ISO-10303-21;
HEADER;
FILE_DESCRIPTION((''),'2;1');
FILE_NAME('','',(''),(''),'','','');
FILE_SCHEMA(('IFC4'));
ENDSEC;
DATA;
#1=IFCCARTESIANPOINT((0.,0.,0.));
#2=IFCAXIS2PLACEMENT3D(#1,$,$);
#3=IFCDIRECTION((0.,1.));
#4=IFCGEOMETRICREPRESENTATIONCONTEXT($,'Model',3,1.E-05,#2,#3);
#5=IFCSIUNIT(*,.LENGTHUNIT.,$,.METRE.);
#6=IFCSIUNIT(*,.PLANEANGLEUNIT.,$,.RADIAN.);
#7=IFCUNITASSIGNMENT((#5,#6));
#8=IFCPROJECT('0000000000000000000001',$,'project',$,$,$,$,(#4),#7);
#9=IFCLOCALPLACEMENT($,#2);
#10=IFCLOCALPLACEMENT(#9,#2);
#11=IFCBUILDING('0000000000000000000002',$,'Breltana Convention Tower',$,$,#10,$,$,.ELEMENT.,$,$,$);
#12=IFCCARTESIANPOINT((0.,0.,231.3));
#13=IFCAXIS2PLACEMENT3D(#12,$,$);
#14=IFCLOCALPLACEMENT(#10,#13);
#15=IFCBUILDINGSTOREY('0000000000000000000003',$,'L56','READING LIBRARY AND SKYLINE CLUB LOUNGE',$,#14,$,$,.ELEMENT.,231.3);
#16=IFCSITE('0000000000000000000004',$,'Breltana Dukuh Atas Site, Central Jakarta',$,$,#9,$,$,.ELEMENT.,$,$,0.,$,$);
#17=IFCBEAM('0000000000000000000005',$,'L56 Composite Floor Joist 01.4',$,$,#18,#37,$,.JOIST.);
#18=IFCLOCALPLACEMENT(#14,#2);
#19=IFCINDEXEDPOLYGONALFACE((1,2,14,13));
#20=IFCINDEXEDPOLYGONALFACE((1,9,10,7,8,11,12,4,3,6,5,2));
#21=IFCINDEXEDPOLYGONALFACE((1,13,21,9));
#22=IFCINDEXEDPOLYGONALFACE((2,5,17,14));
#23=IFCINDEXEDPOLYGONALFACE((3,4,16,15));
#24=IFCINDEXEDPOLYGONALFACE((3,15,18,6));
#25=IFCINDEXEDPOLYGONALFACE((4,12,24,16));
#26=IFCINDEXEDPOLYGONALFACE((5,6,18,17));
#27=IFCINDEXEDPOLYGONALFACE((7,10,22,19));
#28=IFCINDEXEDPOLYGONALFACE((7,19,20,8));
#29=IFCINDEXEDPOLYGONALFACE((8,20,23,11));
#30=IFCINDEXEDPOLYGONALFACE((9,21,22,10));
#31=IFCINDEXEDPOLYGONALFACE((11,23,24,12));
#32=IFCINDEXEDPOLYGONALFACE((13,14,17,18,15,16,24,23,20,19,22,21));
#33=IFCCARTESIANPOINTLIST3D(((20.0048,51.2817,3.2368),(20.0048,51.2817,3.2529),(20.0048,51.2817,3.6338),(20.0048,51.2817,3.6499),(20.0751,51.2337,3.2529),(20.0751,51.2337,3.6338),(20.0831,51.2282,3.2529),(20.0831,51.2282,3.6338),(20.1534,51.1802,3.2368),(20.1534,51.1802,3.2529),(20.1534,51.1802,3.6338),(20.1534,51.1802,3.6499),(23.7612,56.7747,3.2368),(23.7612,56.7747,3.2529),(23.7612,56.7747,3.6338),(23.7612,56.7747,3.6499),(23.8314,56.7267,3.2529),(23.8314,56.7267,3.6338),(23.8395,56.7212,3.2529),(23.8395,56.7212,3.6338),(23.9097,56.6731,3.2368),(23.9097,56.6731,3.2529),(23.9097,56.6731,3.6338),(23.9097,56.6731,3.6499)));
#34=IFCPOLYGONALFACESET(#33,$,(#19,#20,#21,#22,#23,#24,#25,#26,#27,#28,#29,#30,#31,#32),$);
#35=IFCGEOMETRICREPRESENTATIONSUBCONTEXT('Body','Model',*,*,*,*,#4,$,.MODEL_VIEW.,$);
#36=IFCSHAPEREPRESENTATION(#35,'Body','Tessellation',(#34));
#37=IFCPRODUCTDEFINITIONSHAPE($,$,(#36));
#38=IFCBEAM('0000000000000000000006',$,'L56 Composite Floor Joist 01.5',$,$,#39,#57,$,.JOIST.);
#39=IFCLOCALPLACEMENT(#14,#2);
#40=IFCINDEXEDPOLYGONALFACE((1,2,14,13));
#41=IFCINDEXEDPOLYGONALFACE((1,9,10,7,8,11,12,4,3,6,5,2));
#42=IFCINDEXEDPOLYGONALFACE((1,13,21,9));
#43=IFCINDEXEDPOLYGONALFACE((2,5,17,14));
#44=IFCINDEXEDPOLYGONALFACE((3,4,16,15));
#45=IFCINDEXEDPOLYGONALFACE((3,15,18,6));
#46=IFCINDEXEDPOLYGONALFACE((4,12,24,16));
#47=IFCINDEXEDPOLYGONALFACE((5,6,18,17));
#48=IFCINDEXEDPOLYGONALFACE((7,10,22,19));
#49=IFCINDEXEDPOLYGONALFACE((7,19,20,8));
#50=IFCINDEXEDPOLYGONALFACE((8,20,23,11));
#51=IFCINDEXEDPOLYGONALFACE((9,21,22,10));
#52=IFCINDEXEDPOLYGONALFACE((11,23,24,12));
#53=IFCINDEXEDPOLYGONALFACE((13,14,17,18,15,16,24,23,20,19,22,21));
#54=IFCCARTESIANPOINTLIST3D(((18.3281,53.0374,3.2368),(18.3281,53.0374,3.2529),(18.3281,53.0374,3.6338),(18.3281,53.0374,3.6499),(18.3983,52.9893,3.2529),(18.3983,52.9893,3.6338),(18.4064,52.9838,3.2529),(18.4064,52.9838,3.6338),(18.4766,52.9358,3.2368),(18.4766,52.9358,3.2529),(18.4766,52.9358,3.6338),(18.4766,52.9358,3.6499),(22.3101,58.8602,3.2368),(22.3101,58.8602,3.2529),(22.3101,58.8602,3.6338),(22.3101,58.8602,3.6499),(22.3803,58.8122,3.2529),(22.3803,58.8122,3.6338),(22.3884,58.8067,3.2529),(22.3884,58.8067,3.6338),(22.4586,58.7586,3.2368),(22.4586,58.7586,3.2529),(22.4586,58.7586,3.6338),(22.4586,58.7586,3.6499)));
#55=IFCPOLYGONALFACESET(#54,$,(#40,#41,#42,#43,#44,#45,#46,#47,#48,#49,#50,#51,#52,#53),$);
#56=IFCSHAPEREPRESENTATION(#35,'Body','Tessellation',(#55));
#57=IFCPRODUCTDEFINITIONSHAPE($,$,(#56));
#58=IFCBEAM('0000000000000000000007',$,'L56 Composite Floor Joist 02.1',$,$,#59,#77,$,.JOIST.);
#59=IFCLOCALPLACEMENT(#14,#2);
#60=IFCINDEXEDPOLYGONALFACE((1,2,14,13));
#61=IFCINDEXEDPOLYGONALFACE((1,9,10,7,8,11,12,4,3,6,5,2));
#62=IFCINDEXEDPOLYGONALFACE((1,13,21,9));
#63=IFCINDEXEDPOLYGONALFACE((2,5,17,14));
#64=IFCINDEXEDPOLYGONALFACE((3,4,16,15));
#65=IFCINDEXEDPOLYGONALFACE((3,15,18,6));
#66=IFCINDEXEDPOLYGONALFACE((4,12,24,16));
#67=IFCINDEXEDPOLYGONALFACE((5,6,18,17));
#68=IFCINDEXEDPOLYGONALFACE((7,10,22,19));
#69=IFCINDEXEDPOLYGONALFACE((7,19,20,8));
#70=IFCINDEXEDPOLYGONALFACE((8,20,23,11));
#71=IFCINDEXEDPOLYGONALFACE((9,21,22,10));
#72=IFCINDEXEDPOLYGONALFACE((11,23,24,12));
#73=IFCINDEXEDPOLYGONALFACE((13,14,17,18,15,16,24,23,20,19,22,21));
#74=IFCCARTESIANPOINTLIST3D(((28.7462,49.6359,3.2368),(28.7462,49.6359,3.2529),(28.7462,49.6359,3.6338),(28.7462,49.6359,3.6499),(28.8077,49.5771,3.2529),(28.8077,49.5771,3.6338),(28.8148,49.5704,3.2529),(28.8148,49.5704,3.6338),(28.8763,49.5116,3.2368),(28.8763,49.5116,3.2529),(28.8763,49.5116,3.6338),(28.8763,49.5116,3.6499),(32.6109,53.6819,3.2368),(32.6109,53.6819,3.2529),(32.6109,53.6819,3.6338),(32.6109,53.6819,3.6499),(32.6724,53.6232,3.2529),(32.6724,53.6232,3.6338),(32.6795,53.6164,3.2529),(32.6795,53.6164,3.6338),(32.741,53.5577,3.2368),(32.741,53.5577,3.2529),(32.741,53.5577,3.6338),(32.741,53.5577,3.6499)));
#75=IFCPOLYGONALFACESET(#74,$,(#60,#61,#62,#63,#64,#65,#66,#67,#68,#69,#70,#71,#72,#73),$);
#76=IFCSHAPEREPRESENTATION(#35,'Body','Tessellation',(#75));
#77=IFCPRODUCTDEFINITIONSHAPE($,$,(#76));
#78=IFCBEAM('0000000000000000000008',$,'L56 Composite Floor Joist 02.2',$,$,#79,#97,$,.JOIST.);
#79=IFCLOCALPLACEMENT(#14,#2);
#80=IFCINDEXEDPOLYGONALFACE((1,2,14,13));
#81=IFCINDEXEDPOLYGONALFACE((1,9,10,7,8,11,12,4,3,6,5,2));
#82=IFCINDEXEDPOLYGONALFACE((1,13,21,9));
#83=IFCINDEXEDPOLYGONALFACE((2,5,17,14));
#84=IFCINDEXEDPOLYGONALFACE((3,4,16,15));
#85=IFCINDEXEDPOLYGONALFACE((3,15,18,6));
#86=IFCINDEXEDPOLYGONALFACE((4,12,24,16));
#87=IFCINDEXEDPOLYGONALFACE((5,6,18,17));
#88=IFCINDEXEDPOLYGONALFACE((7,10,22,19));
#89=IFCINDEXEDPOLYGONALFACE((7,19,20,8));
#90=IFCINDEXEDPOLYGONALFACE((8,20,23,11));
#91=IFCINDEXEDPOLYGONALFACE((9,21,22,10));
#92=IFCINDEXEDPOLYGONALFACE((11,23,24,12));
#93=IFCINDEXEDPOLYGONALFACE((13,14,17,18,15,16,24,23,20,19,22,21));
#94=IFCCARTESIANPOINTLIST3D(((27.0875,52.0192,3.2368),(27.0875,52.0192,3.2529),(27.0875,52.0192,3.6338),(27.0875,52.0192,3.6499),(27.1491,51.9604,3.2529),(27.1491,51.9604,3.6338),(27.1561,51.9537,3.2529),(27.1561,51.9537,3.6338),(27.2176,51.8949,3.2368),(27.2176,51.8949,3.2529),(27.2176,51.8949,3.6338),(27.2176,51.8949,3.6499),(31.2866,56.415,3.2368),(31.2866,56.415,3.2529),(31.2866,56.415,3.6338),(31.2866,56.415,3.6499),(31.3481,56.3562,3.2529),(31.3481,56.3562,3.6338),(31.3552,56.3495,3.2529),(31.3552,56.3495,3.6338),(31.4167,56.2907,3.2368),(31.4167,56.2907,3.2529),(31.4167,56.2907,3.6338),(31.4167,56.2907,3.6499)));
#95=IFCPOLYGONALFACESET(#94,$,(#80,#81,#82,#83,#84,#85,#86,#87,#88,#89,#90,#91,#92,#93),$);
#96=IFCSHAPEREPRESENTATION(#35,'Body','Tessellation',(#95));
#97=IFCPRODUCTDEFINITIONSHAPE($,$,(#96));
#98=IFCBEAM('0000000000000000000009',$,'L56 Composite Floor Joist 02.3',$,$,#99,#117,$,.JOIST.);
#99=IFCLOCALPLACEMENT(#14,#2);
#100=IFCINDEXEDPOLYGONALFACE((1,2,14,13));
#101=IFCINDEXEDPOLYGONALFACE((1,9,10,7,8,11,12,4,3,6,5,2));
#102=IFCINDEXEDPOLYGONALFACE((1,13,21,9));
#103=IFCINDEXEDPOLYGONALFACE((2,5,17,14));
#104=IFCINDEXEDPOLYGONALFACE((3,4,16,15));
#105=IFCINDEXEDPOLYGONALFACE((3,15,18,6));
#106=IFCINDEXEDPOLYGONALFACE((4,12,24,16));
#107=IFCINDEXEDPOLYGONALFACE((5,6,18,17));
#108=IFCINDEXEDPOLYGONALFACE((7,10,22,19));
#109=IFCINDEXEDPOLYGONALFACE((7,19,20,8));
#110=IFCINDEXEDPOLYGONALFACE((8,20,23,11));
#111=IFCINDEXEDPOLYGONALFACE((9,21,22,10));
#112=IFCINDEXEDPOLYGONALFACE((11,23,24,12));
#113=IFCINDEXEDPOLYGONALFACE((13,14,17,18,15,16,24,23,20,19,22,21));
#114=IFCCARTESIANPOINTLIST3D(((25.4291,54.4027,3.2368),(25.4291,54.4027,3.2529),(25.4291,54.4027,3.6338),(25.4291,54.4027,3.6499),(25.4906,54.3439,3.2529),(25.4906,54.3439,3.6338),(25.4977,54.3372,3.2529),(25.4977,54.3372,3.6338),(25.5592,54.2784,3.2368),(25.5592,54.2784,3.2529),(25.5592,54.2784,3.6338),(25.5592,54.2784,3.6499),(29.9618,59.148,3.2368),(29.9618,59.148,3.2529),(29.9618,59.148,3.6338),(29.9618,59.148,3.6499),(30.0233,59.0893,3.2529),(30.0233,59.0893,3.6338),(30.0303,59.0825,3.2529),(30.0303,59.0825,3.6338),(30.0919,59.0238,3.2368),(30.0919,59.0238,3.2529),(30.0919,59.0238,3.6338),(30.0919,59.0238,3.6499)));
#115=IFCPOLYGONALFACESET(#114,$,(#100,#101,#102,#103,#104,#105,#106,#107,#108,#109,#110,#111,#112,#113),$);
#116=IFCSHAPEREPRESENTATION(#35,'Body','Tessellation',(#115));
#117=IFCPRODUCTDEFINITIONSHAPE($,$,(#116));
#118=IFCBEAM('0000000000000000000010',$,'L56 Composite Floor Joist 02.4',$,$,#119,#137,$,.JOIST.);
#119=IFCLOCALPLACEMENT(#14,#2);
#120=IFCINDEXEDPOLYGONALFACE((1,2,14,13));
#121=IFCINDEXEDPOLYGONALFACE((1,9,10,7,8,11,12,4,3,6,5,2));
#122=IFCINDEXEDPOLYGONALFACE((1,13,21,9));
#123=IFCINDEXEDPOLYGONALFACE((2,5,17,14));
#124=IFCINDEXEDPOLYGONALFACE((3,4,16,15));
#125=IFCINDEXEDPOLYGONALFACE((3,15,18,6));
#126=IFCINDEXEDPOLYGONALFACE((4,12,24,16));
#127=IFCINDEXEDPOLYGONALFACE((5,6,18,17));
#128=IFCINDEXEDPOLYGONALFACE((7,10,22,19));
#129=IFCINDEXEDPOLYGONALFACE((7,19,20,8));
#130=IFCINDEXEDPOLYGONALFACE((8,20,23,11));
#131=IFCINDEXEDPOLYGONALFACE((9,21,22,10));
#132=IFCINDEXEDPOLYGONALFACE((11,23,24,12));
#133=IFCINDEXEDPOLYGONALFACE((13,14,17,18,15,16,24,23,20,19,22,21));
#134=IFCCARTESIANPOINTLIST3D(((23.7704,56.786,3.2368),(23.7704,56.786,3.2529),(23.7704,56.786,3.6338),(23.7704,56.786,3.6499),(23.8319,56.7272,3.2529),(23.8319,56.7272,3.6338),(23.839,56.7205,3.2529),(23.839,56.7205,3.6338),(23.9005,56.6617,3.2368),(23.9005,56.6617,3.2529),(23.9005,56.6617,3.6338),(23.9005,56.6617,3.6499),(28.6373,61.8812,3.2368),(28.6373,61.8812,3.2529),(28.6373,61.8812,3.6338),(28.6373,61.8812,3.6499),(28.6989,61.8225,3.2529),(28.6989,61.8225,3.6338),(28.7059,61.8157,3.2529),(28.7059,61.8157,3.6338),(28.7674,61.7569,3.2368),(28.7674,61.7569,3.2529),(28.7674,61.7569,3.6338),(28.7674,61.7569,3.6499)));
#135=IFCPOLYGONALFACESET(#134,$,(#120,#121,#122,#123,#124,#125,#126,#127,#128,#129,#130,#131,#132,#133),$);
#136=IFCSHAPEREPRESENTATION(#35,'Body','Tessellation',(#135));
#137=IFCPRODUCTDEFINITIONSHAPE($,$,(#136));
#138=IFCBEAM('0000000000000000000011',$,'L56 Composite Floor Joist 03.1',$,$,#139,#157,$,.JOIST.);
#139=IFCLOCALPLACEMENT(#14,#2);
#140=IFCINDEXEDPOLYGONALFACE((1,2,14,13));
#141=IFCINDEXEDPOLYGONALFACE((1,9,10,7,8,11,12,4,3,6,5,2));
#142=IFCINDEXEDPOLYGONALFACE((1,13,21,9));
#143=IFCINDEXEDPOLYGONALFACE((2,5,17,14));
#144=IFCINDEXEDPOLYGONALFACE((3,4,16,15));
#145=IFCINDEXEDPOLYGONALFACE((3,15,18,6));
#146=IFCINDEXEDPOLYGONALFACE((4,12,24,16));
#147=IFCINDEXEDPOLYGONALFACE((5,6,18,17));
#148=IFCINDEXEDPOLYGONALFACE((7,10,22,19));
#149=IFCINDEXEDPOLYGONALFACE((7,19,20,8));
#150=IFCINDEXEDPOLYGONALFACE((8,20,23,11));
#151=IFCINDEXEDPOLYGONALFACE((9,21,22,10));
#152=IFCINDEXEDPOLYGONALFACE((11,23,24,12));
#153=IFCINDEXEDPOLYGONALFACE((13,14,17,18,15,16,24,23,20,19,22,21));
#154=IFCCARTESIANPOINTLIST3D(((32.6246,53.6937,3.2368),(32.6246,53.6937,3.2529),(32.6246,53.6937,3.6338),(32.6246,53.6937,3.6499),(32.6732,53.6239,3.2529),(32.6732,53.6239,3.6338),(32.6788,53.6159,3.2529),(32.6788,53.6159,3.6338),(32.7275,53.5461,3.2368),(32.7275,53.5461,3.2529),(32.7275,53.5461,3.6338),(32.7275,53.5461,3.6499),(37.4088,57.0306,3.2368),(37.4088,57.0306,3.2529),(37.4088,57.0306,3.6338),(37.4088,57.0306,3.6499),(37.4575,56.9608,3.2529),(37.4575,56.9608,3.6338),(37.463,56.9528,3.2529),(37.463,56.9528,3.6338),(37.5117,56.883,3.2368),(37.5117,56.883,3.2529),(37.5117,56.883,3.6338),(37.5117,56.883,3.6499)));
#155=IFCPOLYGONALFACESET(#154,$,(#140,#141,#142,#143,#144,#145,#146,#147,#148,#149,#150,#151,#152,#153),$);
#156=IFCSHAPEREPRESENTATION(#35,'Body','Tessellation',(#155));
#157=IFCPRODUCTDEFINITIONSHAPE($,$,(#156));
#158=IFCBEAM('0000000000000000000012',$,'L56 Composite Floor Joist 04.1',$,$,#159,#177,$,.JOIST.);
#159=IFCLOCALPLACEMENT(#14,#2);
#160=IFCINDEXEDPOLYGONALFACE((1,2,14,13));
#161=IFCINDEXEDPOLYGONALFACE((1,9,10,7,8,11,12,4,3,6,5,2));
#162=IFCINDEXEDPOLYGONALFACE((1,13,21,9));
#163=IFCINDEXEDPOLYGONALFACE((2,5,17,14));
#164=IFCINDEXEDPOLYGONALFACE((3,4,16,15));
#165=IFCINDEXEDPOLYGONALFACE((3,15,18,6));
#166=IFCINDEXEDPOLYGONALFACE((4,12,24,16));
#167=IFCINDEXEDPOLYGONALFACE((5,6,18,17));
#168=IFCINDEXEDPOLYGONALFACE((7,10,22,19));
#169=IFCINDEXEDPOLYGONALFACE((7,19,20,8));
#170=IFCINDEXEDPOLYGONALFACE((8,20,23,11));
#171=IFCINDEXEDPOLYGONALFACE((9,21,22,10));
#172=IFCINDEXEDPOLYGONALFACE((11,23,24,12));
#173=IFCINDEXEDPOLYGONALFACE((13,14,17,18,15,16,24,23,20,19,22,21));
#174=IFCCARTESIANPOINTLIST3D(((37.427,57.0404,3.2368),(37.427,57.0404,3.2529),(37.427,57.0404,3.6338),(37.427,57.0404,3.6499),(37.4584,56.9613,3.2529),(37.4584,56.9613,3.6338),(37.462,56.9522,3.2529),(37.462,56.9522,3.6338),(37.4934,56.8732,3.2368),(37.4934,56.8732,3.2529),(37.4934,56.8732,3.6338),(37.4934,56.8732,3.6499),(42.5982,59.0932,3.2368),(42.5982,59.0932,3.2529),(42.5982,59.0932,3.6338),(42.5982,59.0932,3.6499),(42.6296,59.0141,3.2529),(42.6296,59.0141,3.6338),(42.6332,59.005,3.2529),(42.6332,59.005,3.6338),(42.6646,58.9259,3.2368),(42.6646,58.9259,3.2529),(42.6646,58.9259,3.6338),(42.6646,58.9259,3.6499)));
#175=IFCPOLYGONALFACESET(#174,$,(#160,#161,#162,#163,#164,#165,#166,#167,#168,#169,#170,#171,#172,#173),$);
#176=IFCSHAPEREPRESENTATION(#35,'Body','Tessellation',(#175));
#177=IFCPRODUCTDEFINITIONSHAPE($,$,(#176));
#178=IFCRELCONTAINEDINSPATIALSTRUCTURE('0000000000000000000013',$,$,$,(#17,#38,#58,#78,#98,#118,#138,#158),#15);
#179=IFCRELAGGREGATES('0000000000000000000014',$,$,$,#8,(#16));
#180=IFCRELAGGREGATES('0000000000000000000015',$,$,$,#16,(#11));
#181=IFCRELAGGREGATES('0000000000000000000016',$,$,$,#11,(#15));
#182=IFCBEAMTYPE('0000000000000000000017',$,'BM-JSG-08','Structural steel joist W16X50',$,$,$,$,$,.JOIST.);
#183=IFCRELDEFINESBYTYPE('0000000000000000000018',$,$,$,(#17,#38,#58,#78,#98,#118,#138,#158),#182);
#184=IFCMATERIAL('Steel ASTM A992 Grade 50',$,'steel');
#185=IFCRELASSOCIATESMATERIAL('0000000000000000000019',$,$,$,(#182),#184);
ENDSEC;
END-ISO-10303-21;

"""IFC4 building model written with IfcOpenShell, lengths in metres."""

from ifc_helpers import new_model, si_unit, direction, frame, origin, origin_2d, place, context, subcontext, project, spatial, i_section, extrude, source, transform, mapped, material, material_profile, profile_set, type_object, element, save


model = new_model("IFC4")

# Units and contexts
model_context = context("Model", 3, precision=1e-05, world=origin(), true_north=direction((0.0, 1.0)))
body_context = subcontext(model_context, "Body", "Model", "MODEL_VIEW")
ifc_project = project(units=[si_unit("LENGTHUNIT", "METRE"), si_unit("PLANEANGLEUNIT", "RADIAN")], contexts=[model_context])

# Site, building, storey
site_placement = place(None, origin())
site = spatial("IfcSite", under=ifc_project, at=site_placement, Name="Breltana Dukuh Atas Site, Central Jakarta", CompositionType="ELEMENT", RefElevation=0.0)
building_placement = place(site_placement, origin())
building = spatial("IfcBuilding", under=site, at=building_placement, Name="Breltana Convention Tower", CompositionType="ELEMENT")
storey_placement = place(building_placement, frame((0.0, 0.0, 231.3)))
storey = spatial("IfcBuildingStorey", under=building, at=storey_placement, Name="L56", Description="READING LIBRARY AND SKYLINE CLUB LOUNGE", CompositionType="ELEMENT", Elevation=231.3)

# Shared definitions
ifc_material_1 = material(Name="Steel ASTM A992 Grade 50", Category="steel")

# Beams
ifc_material_profile_1 = material_profile(ifc_material_1, i_section(OverallWidth=0.1799, OverallDepth=0.4131, WebThickness=0.0098, FlangeThickness=0.0161, at=origin_2d()), Name="W16X50")
ifc_profile_set_1 = profile_set([ifc_material_profile_1], Name="Steel ASTM A992 Grade 50")
beam_type_1 = type_object("IfcBeamType", Name="BM-JSG-08", Description="Structural steel joist W16X50", PredefinedType="JOIST", material=ifc_profile_set_1)
shared_shape_1 = source(origin(), body_context, "Body", "SweptSolid", [
    extrude(i_section(OverallWidth=0.1799, OverallDepth=0.4131, WebThickness=0.0098, FlangeThickness=0.0161, at=origin_2d()), origin(), (0.0, 0.0, 1.0), 6.6545),
])
beam_1_placement = place(storey_placement, frame((20.0791, 51.231, 3.4434), z_axis=(0.564483, 0.825445, 0.0), x_axis=(-0.825445, 0.564483, 0.0)))
element("IfcBeam", 1, at=beam_1_placement, inside=storey, type_object=beam_type_1, Name="L56 Composite Floor Joist 01.4", PredefinedType="JOIST", context=body_context, shape_type="MappedRepresentation", body=[
    mapped(shared_shape_1, transform((0.0, 0.0, 0.0), scale=1.0)),
])
shared_shape_2 = source(origin(), body_context, "Body", "SweptSolid", [
    extrude(i_section(OverallWidth=0.1799, OverallDepth=0.4131, WebThickness=0.0098, FlangeThickness=0.0161, at=origin_2d()), origin(), (0.0, 0.0, 1.0), 7.0542),
])
beam_2_placement = place(storey_placement, frame((18.4023, 52.9866, 3.4434), z_axis=(0.564485, 0.825443, 0.0), x_axis=(-0.825443, 0.564485, 0.0)))
element("IfcBeam", 2, at=beam_2_placement, inside=storey, type_object=beam_type_1, Name="L56 Composite Floor Joist 01.5", PredefinedType="JOIST", context=body_context, shape_type="MappedRepresentation", body=[
    mapped(shared_shape_2, transform((0.0, 0.0, 0.0), scale=1.0)),
])
shared_shape_3 = source(origin(), body_context, "Body", "SweptSolid", [
    extrude(i_section(OverallWidth=0.1799, OverallDepth=0.4131, WebThickness=0.0098, FlangeThickness=0.0161, at=origin_2d()), origin(), (0.0, 0.0, 1.0), 5.5952),
])
beam_3_placement = place(storey_placement, frame((28.8113, 49.5737, 3.4434), z_axis=(0.690711, 0.723131, 0.0), x_axis=(-0.723131, 0.690711, 0.0)))
element("IfcBeam", 3, at=beam_3_placement, inside=storey, type_object=beam_type_1, Name="L56 Composite Floor Joist 02.1", PredefinedType="JOIST", context=body_context, shape_type="MappedRepresentation", body=[
    mapped(shared_shape_3, transform((0.0, 0.0, 0.0), scale=1.0)),
])
shared_shape_4 = source(origin(), body_context, "Body", "SweptSolid", [
    extrude(i_section(OverallWidth=0.1799, OverallDepth=0.4131, WebThickness=0.0098, FlangeThickness=0.0161, at=origin_2d()), origin(), (0.0, 0.0, 1.0), 6.0791),
])
beam_4_placement = place(storey_placement, frame((27.1526, 51.957, 3.4434), z_axis=(0.690736, 0.723107, 0.0), x_axis=(-0.723107, 0.690736, 0.0)))
element("IfcBeam", 4, at=beam_4_placement, inside=storey, type_object=beam_type_1, Name="L56 Composite Floor Joist 02.2", PredefinedType="JOIST", context=body_context, shape_type="MappedRepresentation", body=[
    mapped(shared_shape_4, transform((0.0, 0.0, 0.0), scale=1.0)),
])
shared_shape_5 = source(origin(), body_context, "Body", "SweptSolid", [
    extrude(i_section(OverallWidth=0.1799, OverallDepth=0.4131, WebThickness=0.0098, FlangeThickness=0.0161, at=origin_2d()), origin(), (0.0, 0.0, 1.0), 6.5623),
])
beam_5_placement = place(storey_placement, frame((25.4941, 54.3406, 3.4434), z_axis=(0.690719, 0.723123, 0.0), x_axis=(-0.723123, 0.690719, 0.0)))
element("IfcBeam", 5, at=beam_5_placement, inside=storey, type_object=beam_type_1, Name="L56 Composite Floor Joist 02.3", PredefinedType="JOIST", context=body_context, shape_type="MappedRepresentation", body=[
    mapped(shared_shape_5, transform((0.0, 0.0, 0.0), scale=1.0)),
])
shared_shape_6 = source(origin(), body_context, "Body", "SweptSolid", [
    extrude(i_section(OverallWidth=0.1799, OverallDepth=0.4131, WebThickness=0.0098, FlangeThickness=0.0161, at=origin_2d()), origin(), (0.0, 0.0, 1.0), 7.0461),
])
beam_6_placement = place(storey_placement, frame((23.8354, 56.7239, 3.4434), z_axis=(0.690723, 0.72312, 0.0), x_axis=(-0.72312, 0.690723, 0.0)))
element("IfcBeam", 6, at=beam_6_placement, inside=storey, type_object=beam_type_1, Name="L56 Composite Floor Joist 02.4", PredefinedType="JOIST", context=body_context, shape_type="MappedRepresentation", body=[
    mapped(shared_shape_6, transform((0.0, 0.0, 0.0), scale=1.0)),
])
shared_shape_7 = source(origin(), body_context, "Body", "SweptSolid", [
    extrude(i_section(OverallWidth=0.1799, OverallDepth=0.4131, WebThickness=0.0098, FlangeThickness=0.0161, at=origin_2d()), origin(), (0.0, 0.0, 1.0), 5.833),
])
beam_7_placement = place(storey_placement, frame((32.676, 53.6199, 3.4434), z_axis=(0.820198, 0.572079, 0.0), x_axis=(-0.572079, 0.820198, 0.0)))
element("IfcBeam", 7, at=beam_7_placement, inside=storey, type_object=beam_type_1, Name="L56 Composite Floor Joist 03.1", PredefinedType="JOIST", context=body_context, shape_type="MappedRepresentation", body=[
    mapped(shared_shape_7, transform((0.0, 0.0, 0.0), scale=1.0)),
])
shared_shape_8 = source(origin(), body_context, "Body", "SweptSolid", [
    extrude(i_section(OverallWidth=0.1799, OverallDepth=0.4131, WebThickness=0.0098, FlangeThickness=0.0161, at=origin_2d()), origin(), (0.0, 0.0, 1.0), 5.5637),
])
beam_8_placement = place(storey_placement, frame((37.4602, 56.9568, 3.4434), z_axis=(0.929448, 0.368953, 0.0), x_axis=(-0.368953, 0.929448, 0.0)))
element("IfcBeam", 8, at=beam_8_placement, inside=storey, type_object=beam_type_1, Name="L56 Composite Floor Joist 04.1", PredefinedType="JOIST", context=body_context, shape_type="MappedRepresentation", body=[
    mapped(shared_shape_8, transform((0.0, 0.0, 0.0), scale=1.0)),
])

save(model, "model.ifc")
